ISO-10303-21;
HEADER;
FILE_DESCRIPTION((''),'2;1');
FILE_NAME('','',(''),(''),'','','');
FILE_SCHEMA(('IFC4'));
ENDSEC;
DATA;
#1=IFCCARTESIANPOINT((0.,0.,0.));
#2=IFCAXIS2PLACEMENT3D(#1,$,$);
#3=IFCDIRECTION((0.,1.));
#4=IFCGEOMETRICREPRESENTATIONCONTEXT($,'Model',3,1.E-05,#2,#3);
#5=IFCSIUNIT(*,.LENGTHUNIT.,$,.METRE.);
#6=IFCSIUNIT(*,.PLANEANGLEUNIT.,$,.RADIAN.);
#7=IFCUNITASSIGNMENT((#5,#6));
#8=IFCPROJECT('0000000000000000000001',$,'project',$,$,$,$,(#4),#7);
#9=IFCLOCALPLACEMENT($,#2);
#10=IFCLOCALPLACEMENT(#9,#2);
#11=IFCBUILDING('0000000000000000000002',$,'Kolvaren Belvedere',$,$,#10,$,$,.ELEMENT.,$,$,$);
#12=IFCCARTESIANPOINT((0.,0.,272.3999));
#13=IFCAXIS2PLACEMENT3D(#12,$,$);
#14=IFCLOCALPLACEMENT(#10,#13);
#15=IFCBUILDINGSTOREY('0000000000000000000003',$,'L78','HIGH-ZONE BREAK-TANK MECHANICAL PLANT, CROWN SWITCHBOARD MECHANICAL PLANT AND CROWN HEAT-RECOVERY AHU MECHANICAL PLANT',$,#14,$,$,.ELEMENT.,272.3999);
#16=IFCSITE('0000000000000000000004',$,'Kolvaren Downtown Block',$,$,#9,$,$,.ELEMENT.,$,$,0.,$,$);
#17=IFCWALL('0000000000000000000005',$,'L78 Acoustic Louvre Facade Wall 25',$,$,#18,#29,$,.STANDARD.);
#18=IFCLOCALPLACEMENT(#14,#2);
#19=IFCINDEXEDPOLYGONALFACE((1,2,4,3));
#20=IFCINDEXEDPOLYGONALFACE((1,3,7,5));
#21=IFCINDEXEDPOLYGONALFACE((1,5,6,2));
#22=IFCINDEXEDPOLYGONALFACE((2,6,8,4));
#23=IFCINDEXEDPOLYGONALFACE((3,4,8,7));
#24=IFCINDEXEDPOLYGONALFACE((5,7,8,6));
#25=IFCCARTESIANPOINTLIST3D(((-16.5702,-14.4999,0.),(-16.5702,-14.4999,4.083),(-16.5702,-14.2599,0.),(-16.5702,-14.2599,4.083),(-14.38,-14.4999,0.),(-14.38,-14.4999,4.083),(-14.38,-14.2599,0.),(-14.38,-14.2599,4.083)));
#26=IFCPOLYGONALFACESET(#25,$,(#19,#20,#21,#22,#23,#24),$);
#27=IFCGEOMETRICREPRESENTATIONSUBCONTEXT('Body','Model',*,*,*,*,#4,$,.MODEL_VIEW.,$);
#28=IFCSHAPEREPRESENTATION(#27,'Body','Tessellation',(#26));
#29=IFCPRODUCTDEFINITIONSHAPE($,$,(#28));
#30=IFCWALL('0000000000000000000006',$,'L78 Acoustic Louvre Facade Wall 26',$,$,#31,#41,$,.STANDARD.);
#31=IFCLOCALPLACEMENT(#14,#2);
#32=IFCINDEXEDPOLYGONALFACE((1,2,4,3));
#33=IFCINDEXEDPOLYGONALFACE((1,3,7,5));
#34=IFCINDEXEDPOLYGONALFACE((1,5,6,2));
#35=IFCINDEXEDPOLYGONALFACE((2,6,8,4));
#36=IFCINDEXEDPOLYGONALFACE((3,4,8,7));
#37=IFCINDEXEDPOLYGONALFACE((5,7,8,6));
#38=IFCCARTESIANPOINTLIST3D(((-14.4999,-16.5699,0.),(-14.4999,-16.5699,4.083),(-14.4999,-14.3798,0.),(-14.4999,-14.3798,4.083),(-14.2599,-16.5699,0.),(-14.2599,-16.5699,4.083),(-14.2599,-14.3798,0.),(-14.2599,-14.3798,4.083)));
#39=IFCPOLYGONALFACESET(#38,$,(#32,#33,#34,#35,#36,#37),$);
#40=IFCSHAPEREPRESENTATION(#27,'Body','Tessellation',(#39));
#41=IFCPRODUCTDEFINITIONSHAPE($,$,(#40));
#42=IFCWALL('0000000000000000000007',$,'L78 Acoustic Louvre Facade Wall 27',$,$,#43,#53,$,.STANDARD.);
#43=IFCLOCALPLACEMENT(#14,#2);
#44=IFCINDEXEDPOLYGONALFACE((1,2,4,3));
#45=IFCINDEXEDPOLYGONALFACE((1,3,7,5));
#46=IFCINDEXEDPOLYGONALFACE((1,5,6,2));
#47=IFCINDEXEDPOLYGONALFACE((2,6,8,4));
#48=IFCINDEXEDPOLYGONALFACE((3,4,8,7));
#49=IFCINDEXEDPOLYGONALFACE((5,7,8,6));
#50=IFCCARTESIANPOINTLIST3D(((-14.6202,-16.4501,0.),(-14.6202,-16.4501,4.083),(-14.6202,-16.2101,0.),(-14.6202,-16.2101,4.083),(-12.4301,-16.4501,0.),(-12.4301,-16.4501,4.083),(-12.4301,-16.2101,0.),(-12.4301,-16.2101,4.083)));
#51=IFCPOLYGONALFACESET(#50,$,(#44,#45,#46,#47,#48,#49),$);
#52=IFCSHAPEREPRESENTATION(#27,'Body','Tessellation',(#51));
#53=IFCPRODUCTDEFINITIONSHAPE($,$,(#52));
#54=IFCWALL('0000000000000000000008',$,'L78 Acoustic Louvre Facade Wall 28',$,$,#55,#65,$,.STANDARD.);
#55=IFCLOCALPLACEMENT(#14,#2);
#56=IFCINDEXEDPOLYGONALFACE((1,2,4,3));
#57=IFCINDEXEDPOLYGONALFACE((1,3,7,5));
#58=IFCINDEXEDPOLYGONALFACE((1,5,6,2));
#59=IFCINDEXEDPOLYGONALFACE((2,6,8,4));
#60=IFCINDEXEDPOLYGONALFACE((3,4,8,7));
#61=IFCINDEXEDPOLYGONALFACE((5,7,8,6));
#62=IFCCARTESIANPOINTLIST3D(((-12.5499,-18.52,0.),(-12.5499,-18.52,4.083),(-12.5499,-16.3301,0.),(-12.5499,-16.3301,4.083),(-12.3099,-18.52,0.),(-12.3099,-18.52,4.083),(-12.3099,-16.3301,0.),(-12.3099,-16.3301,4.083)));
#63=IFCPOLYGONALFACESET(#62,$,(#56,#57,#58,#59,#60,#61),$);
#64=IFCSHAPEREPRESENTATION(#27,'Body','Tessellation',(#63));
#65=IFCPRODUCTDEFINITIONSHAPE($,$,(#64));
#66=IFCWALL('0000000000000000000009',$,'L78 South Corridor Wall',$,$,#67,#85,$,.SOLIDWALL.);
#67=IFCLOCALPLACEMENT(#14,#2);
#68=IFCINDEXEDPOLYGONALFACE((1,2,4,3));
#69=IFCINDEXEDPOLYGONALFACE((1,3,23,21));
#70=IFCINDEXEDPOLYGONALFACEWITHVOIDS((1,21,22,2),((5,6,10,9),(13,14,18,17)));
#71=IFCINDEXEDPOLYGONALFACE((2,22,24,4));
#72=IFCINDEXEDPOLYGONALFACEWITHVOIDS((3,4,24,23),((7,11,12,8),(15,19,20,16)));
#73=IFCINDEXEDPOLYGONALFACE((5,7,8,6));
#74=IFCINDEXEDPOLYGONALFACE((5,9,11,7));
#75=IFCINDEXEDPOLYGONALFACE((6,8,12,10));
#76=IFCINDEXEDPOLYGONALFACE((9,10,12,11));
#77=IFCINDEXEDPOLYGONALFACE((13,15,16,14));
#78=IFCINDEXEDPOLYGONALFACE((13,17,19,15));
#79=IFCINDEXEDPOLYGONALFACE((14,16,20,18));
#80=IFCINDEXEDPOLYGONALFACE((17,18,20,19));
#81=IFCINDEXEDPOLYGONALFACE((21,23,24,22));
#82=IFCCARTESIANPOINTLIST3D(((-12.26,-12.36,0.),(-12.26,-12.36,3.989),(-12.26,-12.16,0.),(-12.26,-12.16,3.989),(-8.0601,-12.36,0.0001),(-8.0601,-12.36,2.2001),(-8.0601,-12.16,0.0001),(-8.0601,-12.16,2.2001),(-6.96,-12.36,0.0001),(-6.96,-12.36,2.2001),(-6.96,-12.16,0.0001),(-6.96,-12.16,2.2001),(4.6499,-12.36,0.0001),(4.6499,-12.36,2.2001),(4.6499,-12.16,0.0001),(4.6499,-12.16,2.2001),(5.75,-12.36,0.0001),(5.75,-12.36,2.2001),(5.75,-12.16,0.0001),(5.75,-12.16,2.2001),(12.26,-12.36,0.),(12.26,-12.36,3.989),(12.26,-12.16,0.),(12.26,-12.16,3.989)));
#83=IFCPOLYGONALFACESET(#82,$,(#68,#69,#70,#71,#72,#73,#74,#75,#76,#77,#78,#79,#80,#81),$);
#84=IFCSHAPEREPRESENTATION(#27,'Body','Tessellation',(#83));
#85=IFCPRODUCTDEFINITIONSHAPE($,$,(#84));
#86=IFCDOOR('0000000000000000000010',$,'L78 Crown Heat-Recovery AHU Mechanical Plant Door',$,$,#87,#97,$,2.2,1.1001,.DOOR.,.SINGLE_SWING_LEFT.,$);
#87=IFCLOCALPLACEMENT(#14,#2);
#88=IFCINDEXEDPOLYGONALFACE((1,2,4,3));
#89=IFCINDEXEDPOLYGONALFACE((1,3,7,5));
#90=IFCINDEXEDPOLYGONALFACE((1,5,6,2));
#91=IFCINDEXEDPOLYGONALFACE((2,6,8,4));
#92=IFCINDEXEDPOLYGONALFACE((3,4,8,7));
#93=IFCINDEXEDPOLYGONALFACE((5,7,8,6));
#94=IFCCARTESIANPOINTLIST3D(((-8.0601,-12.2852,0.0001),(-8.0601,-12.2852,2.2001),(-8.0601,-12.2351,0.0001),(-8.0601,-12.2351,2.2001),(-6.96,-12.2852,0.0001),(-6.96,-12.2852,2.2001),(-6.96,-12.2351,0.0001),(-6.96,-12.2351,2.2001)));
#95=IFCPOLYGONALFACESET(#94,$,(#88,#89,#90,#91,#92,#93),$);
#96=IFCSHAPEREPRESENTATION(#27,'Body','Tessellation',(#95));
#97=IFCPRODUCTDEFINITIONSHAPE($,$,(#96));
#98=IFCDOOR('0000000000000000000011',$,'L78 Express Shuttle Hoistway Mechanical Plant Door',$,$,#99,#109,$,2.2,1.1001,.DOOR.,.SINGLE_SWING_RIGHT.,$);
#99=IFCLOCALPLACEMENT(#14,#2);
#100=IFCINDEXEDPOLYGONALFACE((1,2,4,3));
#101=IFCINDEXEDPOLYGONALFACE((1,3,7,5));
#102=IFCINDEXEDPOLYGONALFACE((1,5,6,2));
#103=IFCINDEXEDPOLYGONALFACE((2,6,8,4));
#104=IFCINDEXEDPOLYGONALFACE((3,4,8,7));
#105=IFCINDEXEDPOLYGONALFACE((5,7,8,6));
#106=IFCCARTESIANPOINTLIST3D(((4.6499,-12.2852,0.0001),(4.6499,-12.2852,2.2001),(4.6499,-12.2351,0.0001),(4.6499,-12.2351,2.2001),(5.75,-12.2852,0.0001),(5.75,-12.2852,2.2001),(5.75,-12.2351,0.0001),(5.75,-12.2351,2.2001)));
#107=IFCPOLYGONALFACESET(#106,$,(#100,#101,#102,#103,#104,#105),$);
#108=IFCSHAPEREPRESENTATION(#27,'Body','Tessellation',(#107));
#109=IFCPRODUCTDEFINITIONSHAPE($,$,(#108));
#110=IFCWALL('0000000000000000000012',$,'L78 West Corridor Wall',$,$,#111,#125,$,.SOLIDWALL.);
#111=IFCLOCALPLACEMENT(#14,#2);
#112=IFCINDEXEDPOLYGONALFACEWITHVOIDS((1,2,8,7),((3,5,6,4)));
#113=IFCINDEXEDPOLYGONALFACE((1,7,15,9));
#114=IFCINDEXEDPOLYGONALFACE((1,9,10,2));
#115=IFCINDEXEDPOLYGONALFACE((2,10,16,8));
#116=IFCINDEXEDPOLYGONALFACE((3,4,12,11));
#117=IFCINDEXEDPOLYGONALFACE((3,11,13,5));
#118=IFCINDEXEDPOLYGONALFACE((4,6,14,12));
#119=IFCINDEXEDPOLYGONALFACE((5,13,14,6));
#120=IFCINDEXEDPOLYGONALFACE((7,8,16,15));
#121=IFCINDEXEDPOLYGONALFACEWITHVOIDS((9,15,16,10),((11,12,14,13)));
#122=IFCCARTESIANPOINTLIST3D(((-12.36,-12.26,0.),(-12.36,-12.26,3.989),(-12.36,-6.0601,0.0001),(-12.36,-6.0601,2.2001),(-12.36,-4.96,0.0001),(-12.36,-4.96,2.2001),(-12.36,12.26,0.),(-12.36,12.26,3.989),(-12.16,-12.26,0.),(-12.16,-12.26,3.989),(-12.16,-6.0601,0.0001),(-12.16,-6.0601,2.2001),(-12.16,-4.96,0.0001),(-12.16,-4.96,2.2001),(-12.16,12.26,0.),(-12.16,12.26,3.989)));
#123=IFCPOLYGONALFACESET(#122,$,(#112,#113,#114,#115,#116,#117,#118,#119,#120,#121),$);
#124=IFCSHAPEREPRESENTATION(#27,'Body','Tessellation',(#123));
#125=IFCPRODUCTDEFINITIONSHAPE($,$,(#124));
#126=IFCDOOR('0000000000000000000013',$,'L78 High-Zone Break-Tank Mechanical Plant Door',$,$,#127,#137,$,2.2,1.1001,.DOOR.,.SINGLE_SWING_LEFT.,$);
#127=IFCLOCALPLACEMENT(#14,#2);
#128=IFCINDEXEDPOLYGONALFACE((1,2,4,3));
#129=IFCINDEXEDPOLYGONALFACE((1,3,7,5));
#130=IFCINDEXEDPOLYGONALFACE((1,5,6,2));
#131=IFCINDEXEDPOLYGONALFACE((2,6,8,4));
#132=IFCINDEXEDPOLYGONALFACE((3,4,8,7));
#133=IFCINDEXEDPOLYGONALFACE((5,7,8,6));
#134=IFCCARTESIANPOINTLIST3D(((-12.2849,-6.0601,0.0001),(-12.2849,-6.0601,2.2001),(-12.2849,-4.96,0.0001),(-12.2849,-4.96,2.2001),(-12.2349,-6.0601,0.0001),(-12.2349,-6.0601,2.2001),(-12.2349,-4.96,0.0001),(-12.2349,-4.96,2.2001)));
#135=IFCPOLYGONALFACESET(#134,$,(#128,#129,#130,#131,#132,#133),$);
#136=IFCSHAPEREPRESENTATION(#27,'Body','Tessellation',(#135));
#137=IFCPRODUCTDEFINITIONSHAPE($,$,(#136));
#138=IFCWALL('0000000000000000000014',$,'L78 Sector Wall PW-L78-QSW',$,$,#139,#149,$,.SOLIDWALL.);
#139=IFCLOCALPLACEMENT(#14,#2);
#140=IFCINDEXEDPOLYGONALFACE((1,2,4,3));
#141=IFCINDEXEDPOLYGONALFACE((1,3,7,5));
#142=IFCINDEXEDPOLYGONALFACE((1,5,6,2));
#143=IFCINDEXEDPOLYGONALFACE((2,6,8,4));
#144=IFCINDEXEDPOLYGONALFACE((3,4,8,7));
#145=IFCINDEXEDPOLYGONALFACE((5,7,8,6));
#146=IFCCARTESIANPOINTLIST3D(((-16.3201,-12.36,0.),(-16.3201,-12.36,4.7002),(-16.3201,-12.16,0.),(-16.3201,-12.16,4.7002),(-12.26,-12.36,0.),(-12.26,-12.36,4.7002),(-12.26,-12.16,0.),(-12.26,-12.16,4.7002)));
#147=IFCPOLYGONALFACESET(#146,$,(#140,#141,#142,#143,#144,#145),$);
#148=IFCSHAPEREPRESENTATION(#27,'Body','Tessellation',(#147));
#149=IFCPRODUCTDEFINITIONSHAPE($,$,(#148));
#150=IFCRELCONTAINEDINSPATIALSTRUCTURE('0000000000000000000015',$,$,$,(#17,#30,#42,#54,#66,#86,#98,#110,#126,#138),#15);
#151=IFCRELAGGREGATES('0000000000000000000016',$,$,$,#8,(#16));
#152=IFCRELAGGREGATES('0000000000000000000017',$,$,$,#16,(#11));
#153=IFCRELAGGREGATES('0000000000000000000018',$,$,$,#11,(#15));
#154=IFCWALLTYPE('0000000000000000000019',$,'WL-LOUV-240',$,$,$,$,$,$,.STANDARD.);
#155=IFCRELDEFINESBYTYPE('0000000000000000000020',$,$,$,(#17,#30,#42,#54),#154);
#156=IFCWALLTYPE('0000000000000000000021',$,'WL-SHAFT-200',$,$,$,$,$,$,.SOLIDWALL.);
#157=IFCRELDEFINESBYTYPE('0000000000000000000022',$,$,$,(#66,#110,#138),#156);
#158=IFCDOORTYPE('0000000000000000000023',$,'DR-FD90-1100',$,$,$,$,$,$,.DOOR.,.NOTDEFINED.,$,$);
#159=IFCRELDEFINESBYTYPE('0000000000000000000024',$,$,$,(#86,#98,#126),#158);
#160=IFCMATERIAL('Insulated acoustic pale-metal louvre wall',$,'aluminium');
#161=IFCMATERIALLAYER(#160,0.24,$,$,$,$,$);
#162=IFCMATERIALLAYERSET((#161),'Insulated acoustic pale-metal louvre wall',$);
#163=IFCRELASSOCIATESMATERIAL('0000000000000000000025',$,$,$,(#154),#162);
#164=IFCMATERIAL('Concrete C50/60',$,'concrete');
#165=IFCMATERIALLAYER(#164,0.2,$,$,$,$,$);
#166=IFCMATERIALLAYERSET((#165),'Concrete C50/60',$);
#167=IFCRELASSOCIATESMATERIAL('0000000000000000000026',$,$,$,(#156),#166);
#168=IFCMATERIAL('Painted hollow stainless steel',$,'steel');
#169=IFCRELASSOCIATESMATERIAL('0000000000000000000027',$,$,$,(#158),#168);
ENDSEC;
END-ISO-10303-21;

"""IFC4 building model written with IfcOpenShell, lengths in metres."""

from ifc_helpers import new_model, si_unit, direction, frame, frame_2d, origin, place, context, subcontext, project, spatial, rectangle, extrude, material, layer, layer_set, type_object, element, fill, save


model = new_model("IFC4")

# Units and contexts
model_context = context("Model", 3, precision=1e-05, world=origin(), true_north=direction((0.0, 1.0)))
body_context = subcontext(model_context, "Body", "Model", "MODEL_VIEW")
ifc_project = project(units=[si_unit("LENGTHUNIT", "METRE"), si_unit("PLANEANGLEUNIT", "RADIAN")], contexts=[model_context])

# Site, building, storey
site_placement = place(None, origin())
site = spatial("IfcSite", under=ifc_project, at=site_placement, Name="Kolvaren Downtown Block", CompositionType="ELEMENT", RefElevation=0.0)
building_placement = place(site_placement, origin())
building = spatial("IfcBuilding", under=site, at=building_placement, Name="Kolvaren Belvedere", CompositionType="ELEMENT")
storey_placement = place(building_placement, frame((0.0, 0.0, 272.3999)))
storey = spatial("IfcBuildingStorey", under=building, at=storey_placement, Name="L78", Description="HIGH-ZONE BREAK-TANK MECHANICAL PLANT, CROWN SWITCHBOARD MECHANICAL PLANT AND CROWN HEAT-RECOVERY AHU MECHANICAL PLANT", CompositionType="ELEMENT", Elevation=272.3999)

# Walls
ifc_material_1 = material(Name="Insulated acoustic pale-metal louvre wall", Category="aluminium")
ifc_layer_1 = layer(ifc_material_1, 0.24)
ifc_layer_set_1 = layer_set([ifc_layer_1], Name="Insulated acoustic pale-metal louvre wall")
wall_type_1 = type_object("IfcWallType", Name="WL-LOUV-240", PredefinedType="STANDARD", material=ifc_layer_set_1)
for number, where, z_axis, x_axis, name in (
    (1, (-14.3799, -14.3799, 0.0), (0.0, 0.0, 1.0), (-1.0, 0.0, 0.0), "L78 Acoustic Louvre Facade Wall 25"),
    (2, (-14.3799, -16.5701, 0.0), (0.0, 0.0, 1.0), (0.0, 1.0, 0.0), "L78 Acoustic Louvre Facade Wall 26"),
    (3, (-12.4299, -16.3301, 0.0), (0.0, 0.0, 1.0), (-1.0, 0.0, 0.0), "L78 Acoustic Louvre Facade Wall 27"),
):
    element("IfcWall", number, at=place(storey_placement, frame(where, z_axis=z_axis, x_axis=x_axis)), inside=storey, type_object=wall_type_1, Name=name, PredefinedType="STANDARD", context=body_context, shape_type="SweptSolid", body=[
        extrude(rectangle(XDim=2.1902, YDim=0.24, at=frame_2d((1.0952, 0.0))), origin(), (0.0, 0.0, 1.0), 4.083),
    ])
wall_1_placement = place(storey_placement, frame((-12.4299, -18.52, 0.0), z_axis=(0.0, 0.0, 1.0), x_axis=(0.0, 1.0, 0.0)))
element("IfcWall", 4, at=wall_1_placement, inside=storey, type_object=wall_type_1, Name="L78 Acoustic Louvre Facade Wall 28", PredefinedType="STANDARD", context=body_context, shape_type="SweptSolid", body=[
    extrude(rectangle(XDim=2.1899, YDim=0.24, at=frame_2d((1.095, 0.0))), origin(), (0.0, 0.0, 1.0), 4.083),
])

# Wall, openings, doors
ifc_material_2 = material(Name="Concrete C50/60", Category="concrete")
ifc_layer_2 = layer(ifc_material_2, 0.2)
ifc_layer_set_2 = layer_set([ifc_layer_2], Name="Concrete C50/60")
wall_type_2 = type_object("IfcWallType", Name="WL-SHAFT-200", PredefinedType="SOLIDWALL", material=ifc_layer_set_2)
wall_2_placement = place(storey_placement, frame((-12.26, -12.26, 0.0), z_axis=(0.0, 0.0, 1.0), x_axis=(1.0, 0.0, 0.0)))
wall_2 = element("IfcWall", 5, at=wall_2_placement, inside=storey, type_object=wall_type_2, Name="L78 South Corridor Wall", PredefinedType="SOLIDWALL", context=body_context, shape_type="SweptSolid", body=[
    extrude(rectangle(XDim=24.52, YDim=0.2, at=frame_2d((12.26, 0.0))), origin(), (0.0, 0.0, 1.0), 3.989),
])
opening_1_placement = place(wall_2_placement, frame((4.2, 0.0, 0.0)))
opening_1 = element("IfcOpeningElement", 6, at=opening_1_placement, cuts=wall_2, PredefinedType="OPENING", context=body_context, shape_type="SweptSolid", body=[
    extrude(rectangle(XDim=1.1001, YDim=2.2, at=frame_2d((0.55, 1.1001))), frame((0.0, 0.1099, 0.0), z_axis=(0.0, -1.0, 0.0), x_axis=(1.0, 0.0, 0.0)), (0.0, 0.0, 1.0), 0.22),
])
opening_2_placement = place(wall_2_placement, frame((16.9099, 0.0, 0.0)))
opening_2 = element("IfcOpeningElement", 7, at=opening_2_placement, cuts=wall_2, PredefinedType="OPENING", context=body_context, shape_type="SweptSolid", body=[
    extrude(rectangle(XDim=1.1001, YDim=2.2, at=frame_2d((0.55, 1.1001))), frame((0.0, 0.1099, 0.0), z_axis=(0.0, -1.0, 0.0), x_axis=(1.0, 0.0, 0.0)), (0.0, 0.0, 1.0), 0.22),
])
ifc_material_3 = material(Name="Painted hollow stainless steel", Category="steel")
door_type = type_object("IfcDoorType", Name="DR-FD90-1100", OperationType="NOTDEFINED", PredefinedType="DOOR", material=ifc_material_3)
door_1_placement = place(opening_1_placement, origin())
door_1 = element("IfcDoor", 8, at=door_1_placement, inside=storey, type_object=door_type, Name="L78 Crown Heat-Recovery AHU Mechanical Plant Door", OperationType="SINGLE_SWING_LEFT", OverallHeight=2.2, OverallWidth=1.1001, PredefinedType="DOOR", context=body_context, shape_type="SweptSolid", body=[
    extrude(rectangle(XDim=1.1001, YDim=2.2, at=frame_2d((0.55, 1.1001))), frame((0.0, 0.0249, 0.0), z_axis=(0.0, -1.0, 0.0), x_axis=(1.0, 0.0, 0.0)), (0.0, 0.0, 1.0), 0.05),
])
fill(opening_1, door_1)
door_2_placement = place(opening_2_placement, origin())
door_2 = element("IfcDoor", 9, at=door_2_placement, inside=storey, type_object=door_type, Name="L78 Express Shuttle Hoistway Mechanical Plant Door", OperationType="SINGLE_SWING_RIGHT", OverallHeight=2.2, OverallWidth=1.1001, PredefinedType="DOOR", context=body_context, shape_type="SweptSolid", body=[
    extrude(rectangle(XDim=1.1001, YDim=2.2, at=frame_2d((0.55, 1.1001))), frame((0.0, 0.0249, 0.0), z_axis=(0.0, -1.0, 0.0), x_axis=(1.0, 0.0, 0.0)), (0.0, 0.0, 1.0), 0.05),
])
fill(opening_2, door_2)

# Wall, opening, door
wall_3_placement = place(storey_placement, frame((-12.26, -12.26, 0.0), z_axis=(0.0, 0.0, 1.0), x_axis=(0.0, 1.0, 0.0)))
wall_3 = element("IfcWall", 10, at=wall_3_placement, inside=storey, type_object=wall_type_2, Name="L78 West Corridor Wall", PredefinedType="SOLIDWALL", context=body_context, shape_type="SweptSolid", body=[
    extrude(rectangle(XDim=24.52, YDim=0.2, at=frame_2d((12.26, 0.0))), origin(), (0.0, 0.0, 1.0), 3.989),
])
opening_3_placement = place(wall_3_placement, frame((6.2, 0.0, 0.0)))
opening_3 = element("IfcOpeningElement", 11, at=opening_3_placement, cuts=wall_3, PredefinedType="OPENING", context=body_context, shape_type="SweptSolid", body=[
    extrude(rectangle(XDim=1.1001, YDim=2.2, at=frame_2d((0.55, 1.1001))), frame((0.0, 0.1099, 0.0), z_axis=(0.0, -1.0, 0.0), x_axis=(1.0, 0.0, 0.0)), (0.0, 0.0, 1.0), 0.22),
])
door_3_placement = place(opening_3_placement, origin())
door_3 = element("IfcDoor", 12, at=door_3_placement, inside=storey, type_object=door_type, Name="L78 High-Zone Break-Tank Mechanical Plant Door", OperationType="SINGLE_SWING_LEFT", OverallHeight=2.2, OverallWidth=1.1001, PredefinedType="DOOR", context=body_context, shape_type="SweptSolid", body=[
    extrude(rectangle(XDim=1.1001, YDim=2.2, at=frame_2d((0.55, 1.1001))), frame((0.0, 0.0249, 0.0), z_axis=(0.0, -1.0, 0.0), x_axis=(1.0, 0.0, 0.0)), (0.0, 0.0, 1.0), 0.05),
])
fill(opening_3, door_3)

# Wall
wall_4_placement = place(storey_placement, frame((-16.3201, -12.26, 0.0), z_axis=(0.0, 0.0, 1.0), x_axis=(1.0, 0.0, 0.0)))
element("IfcWall", 13, at=wall_4_placement, inside=storey, type_object=wall_type_2, Name="L78 Sector Wall PW-L78-QSW", PredefinedType="SOLIDWALL", context=body_context, shape_type="SweptSolid", body=[
    extrude(rectangle(XDim=4.0601, YDim=0.2, at=frame_2d((2.03, 0.0))), origin(), (0.0, 0.0, 1.0), 4.7002),
])

save(model, "model.ifc")
